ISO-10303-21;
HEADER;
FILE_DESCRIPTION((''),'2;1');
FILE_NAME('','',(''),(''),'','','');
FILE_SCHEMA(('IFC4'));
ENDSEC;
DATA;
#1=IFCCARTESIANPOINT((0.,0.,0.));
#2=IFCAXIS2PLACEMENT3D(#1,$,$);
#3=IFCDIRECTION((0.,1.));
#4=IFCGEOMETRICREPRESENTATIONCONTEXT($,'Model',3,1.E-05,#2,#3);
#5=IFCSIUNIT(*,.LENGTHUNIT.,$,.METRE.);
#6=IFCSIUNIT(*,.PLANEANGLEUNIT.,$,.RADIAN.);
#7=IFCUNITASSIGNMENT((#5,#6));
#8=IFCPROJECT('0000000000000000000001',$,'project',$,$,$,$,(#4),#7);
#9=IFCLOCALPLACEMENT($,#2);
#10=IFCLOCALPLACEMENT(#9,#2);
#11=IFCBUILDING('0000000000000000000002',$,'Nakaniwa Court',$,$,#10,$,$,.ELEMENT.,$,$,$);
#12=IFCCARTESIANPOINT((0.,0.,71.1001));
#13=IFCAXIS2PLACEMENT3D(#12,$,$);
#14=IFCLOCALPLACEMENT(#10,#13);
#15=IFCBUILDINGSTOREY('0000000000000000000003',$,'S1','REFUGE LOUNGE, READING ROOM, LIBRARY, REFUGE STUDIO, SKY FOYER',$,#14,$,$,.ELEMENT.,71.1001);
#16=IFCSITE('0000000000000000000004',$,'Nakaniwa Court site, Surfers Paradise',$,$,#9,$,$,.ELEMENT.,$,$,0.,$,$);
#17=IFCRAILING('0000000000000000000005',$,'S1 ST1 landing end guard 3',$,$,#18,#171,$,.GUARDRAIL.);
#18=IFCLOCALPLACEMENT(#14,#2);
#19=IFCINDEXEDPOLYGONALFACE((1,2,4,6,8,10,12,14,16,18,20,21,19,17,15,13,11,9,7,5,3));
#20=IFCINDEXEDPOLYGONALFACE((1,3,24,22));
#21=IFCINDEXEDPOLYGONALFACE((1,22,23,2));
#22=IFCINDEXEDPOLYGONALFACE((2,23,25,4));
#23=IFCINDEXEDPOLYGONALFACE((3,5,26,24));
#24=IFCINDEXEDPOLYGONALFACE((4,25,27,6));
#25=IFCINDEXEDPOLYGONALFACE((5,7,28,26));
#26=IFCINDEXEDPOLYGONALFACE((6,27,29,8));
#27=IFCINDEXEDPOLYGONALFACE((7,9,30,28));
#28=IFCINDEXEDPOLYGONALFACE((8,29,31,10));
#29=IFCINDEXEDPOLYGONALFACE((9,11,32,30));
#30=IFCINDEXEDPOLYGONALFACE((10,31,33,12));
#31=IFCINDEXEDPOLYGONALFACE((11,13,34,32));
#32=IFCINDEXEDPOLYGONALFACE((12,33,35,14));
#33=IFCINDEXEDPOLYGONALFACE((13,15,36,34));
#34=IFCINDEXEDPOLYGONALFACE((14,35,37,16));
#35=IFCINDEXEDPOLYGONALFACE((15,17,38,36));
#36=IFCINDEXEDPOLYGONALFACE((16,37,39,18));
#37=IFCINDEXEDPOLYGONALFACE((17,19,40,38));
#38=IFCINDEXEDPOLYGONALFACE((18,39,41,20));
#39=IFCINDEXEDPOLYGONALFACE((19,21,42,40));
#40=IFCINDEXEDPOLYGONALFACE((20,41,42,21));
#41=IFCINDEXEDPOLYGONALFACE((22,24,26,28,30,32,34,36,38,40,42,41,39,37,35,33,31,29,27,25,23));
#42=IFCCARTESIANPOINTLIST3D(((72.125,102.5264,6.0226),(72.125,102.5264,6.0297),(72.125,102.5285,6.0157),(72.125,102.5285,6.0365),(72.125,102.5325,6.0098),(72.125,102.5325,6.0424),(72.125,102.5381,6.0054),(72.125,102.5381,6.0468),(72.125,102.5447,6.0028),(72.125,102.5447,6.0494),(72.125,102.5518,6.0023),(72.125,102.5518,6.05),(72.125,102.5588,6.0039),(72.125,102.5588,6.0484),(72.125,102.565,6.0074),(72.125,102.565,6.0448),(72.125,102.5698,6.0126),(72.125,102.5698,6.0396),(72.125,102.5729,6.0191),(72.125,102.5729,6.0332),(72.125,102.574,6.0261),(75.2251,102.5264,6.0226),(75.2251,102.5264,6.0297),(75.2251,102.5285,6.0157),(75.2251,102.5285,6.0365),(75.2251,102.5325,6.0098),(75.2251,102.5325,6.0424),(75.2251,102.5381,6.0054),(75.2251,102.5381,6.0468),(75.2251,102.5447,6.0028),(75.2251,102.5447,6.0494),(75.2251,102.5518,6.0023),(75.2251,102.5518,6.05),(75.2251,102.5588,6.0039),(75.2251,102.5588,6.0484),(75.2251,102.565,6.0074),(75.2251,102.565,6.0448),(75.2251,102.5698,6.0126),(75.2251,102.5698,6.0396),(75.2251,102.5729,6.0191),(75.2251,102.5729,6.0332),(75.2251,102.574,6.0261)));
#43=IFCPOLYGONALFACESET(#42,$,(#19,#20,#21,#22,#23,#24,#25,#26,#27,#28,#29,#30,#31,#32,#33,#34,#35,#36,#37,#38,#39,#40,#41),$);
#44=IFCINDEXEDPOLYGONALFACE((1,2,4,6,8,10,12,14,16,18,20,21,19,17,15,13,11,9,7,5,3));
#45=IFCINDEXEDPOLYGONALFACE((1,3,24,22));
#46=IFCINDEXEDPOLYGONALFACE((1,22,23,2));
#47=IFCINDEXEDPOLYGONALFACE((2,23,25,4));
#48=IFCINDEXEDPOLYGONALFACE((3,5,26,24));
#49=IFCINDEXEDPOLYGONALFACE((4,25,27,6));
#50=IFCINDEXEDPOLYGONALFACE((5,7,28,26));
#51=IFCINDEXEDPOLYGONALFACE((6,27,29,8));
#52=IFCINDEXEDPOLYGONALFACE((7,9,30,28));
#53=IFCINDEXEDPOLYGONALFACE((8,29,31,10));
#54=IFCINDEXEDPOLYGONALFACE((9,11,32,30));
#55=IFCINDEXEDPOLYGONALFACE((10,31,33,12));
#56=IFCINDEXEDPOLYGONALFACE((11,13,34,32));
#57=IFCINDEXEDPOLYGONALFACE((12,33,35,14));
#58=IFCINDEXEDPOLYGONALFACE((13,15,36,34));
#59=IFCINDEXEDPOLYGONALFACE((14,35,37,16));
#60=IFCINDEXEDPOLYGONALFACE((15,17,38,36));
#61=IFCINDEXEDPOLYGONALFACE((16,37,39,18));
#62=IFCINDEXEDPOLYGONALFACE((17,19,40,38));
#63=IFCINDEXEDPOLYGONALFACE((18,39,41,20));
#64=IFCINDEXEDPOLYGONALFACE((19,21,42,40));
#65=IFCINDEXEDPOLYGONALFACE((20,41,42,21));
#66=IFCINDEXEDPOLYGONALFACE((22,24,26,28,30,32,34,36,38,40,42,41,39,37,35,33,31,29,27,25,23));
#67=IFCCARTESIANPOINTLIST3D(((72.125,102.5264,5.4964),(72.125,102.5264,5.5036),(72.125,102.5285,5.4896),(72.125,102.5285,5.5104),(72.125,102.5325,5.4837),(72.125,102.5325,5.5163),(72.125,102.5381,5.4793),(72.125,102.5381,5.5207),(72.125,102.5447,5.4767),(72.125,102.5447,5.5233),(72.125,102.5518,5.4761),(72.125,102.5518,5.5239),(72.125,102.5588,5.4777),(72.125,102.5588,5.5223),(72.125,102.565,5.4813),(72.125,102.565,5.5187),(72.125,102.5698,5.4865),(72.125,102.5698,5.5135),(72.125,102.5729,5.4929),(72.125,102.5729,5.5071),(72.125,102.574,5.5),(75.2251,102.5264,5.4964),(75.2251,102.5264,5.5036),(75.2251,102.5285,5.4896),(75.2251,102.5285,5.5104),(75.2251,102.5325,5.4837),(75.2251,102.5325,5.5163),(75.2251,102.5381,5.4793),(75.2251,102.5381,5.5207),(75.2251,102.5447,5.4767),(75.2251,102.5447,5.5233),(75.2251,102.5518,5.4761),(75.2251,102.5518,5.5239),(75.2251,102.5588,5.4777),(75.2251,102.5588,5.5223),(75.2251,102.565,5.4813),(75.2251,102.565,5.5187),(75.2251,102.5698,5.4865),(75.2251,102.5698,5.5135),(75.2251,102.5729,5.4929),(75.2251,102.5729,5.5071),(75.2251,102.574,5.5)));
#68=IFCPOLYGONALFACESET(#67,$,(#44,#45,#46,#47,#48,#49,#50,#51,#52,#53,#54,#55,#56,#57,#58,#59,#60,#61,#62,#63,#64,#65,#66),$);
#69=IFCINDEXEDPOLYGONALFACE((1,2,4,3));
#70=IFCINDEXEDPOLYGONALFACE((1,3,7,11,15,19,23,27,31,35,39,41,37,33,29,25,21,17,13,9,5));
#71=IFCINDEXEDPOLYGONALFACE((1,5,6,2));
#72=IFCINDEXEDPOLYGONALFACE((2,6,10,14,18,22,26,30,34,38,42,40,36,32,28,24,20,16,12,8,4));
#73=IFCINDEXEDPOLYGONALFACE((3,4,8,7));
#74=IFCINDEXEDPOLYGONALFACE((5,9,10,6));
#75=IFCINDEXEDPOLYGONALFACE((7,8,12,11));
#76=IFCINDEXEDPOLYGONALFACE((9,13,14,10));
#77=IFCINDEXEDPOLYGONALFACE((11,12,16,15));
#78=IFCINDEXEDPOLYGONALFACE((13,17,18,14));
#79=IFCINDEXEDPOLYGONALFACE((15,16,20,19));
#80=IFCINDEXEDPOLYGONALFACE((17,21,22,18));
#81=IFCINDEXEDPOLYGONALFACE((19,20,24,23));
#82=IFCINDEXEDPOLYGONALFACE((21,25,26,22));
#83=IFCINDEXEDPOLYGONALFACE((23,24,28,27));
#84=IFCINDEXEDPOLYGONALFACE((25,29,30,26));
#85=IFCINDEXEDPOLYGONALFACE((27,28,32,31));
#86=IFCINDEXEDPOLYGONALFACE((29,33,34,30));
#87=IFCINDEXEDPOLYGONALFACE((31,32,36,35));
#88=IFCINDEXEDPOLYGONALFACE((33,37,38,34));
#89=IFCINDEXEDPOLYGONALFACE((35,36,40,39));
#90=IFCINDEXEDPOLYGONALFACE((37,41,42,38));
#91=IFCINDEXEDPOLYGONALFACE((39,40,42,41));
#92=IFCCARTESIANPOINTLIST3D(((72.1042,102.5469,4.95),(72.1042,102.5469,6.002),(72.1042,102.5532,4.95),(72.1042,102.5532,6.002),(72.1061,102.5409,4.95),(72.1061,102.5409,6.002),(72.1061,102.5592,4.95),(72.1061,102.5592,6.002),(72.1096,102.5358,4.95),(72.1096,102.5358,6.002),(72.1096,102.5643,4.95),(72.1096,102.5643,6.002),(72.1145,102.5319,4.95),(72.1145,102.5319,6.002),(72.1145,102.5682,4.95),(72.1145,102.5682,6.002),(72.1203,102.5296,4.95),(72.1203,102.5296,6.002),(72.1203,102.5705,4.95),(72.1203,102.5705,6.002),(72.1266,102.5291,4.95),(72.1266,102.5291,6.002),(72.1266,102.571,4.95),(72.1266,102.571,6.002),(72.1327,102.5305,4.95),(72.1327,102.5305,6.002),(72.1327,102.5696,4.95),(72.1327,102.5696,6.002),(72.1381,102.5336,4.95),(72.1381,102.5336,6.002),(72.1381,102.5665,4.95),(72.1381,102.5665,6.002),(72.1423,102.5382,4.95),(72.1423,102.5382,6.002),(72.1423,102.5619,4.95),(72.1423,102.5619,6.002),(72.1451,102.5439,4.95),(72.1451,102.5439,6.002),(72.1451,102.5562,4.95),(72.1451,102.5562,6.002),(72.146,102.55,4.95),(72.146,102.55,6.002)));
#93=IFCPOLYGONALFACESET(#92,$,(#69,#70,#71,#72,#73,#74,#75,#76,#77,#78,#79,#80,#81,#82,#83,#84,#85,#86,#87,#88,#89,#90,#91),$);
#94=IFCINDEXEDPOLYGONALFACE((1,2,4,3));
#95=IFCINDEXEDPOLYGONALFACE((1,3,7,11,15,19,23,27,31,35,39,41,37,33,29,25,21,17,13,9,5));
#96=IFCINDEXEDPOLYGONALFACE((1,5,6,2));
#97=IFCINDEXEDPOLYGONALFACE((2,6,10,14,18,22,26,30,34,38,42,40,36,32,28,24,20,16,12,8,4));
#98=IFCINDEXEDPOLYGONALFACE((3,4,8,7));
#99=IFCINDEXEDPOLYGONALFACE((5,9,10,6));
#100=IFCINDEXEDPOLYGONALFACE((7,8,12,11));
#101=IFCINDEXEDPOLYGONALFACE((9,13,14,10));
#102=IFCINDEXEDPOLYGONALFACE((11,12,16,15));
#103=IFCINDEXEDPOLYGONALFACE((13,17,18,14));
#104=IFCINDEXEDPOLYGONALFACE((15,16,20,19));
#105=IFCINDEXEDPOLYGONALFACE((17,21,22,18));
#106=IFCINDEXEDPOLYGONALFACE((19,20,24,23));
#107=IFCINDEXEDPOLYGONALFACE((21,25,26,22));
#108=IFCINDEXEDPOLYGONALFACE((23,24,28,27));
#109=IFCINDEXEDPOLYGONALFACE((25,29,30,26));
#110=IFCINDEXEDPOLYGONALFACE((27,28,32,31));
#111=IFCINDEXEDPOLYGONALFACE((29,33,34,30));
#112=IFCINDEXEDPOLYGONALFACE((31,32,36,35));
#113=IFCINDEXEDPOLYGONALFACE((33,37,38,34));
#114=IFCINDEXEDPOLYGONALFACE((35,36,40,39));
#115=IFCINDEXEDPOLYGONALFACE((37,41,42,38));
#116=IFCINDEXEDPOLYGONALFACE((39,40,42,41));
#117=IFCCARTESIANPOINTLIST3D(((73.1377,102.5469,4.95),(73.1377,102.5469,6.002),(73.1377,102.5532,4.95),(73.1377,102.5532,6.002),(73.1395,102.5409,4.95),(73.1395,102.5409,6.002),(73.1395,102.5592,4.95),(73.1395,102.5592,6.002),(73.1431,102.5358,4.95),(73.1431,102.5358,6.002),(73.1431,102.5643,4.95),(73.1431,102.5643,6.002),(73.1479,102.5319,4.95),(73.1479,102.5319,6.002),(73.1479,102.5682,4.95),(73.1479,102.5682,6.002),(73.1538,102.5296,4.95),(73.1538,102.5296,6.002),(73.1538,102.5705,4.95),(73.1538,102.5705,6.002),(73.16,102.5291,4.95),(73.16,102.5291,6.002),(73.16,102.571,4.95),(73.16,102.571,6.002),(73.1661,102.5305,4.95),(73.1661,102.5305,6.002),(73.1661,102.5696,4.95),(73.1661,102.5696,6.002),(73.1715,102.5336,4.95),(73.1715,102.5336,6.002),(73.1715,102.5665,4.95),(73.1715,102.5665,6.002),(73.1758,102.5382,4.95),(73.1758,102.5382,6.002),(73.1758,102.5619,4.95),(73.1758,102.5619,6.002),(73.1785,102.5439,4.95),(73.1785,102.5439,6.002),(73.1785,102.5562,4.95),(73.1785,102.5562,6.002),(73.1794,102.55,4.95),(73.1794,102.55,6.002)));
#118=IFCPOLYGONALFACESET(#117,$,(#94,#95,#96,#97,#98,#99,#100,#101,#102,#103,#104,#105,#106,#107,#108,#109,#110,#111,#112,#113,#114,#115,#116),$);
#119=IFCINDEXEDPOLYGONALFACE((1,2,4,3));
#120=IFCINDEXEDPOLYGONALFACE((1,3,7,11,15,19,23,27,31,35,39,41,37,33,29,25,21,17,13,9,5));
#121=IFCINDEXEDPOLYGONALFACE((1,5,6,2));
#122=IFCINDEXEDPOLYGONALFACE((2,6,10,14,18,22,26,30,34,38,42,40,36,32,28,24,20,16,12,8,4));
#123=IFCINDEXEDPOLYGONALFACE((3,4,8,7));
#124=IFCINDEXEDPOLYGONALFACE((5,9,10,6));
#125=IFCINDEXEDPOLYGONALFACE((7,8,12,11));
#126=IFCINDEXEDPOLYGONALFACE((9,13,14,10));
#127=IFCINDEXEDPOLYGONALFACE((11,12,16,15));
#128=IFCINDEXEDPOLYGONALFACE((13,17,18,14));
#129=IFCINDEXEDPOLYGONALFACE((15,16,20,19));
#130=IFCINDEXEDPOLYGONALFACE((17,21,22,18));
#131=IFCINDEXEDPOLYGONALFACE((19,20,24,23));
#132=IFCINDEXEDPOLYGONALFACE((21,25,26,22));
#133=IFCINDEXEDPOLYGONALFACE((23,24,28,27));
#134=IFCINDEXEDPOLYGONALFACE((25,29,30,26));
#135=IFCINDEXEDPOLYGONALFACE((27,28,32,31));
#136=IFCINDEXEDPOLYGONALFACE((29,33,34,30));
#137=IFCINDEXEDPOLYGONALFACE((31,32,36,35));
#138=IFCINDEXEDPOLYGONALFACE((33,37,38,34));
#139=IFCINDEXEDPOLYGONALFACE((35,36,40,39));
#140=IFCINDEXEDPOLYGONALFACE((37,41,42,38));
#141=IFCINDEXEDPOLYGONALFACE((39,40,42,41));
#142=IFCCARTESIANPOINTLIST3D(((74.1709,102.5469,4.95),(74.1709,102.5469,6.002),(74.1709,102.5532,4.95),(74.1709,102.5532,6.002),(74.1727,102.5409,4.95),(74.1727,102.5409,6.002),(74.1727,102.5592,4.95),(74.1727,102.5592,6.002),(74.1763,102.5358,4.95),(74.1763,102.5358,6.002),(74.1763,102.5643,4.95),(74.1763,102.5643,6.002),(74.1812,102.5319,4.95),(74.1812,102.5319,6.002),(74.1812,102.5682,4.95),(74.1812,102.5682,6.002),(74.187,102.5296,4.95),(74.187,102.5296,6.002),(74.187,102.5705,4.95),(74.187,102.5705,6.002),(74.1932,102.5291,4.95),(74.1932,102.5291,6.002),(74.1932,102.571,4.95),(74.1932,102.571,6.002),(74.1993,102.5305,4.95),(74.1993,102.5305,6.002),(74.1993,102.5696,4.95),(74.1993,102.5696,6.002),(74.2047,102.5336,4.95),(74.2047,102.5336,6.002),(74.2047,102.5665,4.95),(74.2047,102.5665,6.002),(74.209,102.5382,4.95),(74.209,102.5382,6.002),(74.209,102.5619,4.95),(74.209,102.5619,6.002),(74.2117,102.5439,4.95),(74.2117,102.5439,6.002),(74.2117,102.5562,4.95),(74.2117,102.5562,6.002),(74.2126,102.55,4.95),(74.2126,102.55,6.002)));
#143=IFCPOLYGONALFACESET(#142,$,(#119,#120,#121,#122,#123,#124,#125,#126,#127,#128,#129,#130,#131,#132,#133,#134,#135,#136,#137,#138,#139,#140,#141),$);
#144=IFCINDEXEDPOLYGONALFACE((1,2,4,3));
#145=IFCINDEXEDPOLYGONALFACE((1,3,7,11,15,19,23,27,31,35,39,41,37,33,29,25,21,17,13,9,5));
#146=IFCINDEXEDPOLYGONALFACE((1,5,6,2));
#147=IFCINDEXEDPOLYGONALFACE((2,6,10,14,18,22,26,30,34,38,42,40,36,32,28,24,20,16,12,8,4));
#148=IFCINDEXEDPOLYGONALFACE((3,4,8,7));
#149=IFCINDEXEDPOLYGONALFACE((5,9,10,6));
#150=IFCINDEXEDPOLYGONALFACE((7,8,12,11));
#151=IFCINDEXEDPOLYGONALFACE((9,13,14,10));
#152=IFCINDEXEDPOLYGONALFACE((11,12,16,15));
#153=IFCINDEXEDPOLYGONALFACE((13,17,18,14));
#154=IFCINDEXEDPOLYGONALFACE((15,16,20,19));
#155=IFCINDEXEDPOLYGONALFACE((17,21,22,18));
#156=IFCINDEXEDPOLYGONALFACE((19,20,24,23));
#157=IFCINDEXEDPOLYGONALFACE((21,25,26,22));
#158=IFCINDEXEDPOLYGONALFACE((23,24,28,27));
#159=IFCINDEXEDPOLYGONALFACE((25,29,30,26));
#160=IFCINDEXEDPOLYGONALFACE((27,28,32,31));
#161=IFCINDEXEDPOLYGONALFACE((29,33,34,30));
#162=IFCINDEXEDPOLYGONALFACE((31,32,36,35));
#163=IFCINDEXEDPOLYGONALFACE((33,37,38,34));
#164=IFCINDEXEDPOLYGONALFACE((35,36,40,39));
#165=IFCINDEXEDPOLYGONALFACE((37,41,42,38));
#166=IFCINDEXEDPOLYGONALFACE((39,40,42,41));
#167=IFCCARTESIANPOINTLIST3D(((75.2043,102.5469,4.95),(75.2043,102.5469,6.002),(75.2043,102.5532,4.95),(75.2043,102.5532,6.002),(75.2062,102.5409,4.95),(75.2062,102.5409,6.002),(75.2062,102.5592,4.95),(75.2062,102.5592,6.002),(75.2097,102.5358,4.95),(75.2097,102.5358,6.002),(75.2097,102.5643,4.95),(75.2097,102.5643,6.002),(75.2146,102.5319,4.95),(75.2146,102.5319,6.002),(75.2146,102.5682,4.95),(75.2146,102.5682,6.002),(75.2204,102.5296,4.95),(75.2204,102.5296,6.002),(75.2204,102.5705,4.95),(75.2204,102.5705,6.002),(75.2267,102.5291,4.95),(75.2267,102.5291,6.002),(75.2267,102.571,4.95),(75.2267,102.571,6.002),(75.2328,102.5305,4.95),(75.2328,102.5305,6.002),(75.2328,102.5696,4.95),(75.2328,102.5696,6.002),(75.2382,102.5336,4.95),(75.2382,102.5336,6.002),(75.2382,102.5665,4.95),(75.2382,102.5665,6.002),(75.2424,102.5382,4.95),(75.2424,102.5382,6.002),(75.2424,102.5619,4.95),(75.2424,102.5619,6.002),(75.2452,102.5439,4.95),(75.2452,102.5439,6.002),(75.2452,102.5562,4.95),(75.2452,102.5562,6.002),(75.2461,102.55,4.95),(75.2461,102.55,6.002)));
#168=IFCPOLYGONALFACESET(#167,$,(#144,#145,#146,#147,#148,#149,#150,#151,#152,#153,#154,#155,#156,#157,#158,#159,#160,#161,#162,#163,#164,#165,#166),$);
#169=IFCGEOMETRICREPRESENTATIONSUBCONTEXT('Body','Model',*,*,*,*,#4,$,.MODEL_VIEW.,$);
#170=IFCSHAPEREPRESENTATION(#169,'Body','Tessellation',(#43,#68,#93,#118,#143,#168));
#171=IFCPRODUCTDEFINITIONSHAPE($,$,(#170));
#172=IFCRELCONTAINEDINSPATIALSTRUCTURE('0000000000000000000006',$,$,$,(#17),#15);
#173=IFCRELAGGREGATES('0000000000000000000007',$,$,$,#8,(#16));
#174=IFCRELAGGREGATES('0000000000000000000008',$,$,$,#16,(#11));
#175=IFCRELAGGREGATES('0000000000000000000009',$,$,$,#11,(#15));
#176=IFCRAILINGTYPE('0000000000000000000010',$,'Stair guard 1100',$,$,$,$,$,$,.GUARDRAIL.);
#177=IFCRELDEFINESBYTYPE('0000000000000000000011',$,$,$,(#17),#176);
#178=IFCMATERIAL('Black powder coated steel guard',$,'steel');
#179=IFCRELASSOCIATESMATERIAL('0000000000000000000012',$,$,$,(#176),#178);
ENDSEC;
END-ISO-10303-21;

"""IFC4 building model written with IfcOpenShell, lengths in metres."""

from ifc_helpers import new_model, si_unit, direction, frame, origin, origin_2d, place, context, subcontext, project, spatial, circle, extrude, material, type_object, element, save


model = new_model("IFC4")

# Units and contexts
model_context = context("Model", 3, precision=1e-05, world=origin(), true_north=direction((0.0, 1.0)))
body_context = subcontext(model_context, "Body", "Model", "MODEL_VIEW")
ifc_project = project(units=[si_unit("LENGTHUNIT", "METRE"), si_unit("PLANEANGLEUNIT", "RADIAN")], contexts=[model_context])

# Site, building, storey
site_placement = place(None, origin())
site = spatial("IfcSite", under=ifc_project, at=site_placement, Name="Nakaniwa Court site, Surfers Paradise", CompositionType="ELEMENT", RefElevation=0.0)
building_placement = place(site_placement, origin())
building = spatial("IfcBuilding", under=site, at=building_placement, Name="Nakaniwa Court", CompositionType="ELEMENT")
storey_placement = place(building_placement, frame((0.0, 0.0, 71.1001)))
storey = spatial("IfcBuildingStorey", under=building, at=storey_placement, Name="S1", Description="REFUGE LOUNGE, READING ROOM, LIBRARY, REFUGE STUDIO, SKY FOYER", CompositionType="ELEMENT", Elevation=71.1001)

# Railing
ifc_material_1 = material(Name="Black powder coated steel guard", Category="steel")
railing_type_1 = type_object("IfcRailingType", Name="Stair guard 1100", PredefinedType="GUARDRAIL", material=ifc_material_1)
railing_1_placement = place(storey_placement, frame((72.125, 102.55, 4.95)))
element("IfcRailing", 1, at=railing_1_placement, inside=storey, type_object=railing_type_1, Name="S1 ST1 landing end guard 3", PredefinedType="GUARDRAIL", context=body_context, shape_type="SweptSolid", body=[
    extrude(circle(Radius=0.0239, at=origin_2d()), frame((0.0, 0.0, 1.0762), z_axis=(1.0, 0.0, 0.0), x_axis=(0.0, 1.0, 0.0)), (0.0, 0.0, 1.0), 3.1001),
    extrude(circle(Radius=0.0239, at=origin_2d()), frame((0.0, 0.0, 0.55), z_axis=(1.0, 0.0, 0.0), x_axis=(0.0, 1.0, 0.0)), (0.0, 0.0, 1.0), 3.1001),
    extrude(circle(Radius=0.021, at=origin_2d()), origin(), (0.0, 0.0, 1.0), 1.052),
    extrude(circle(Radius=0.021, at=origin_2d()), frame((1.0334, 0.0, 0.0)), (0.0, 0.0, 1.0), 1.052),
    extrude(circle(Radius=0.021, at=origin_2d()), frame((2.0667, 0.0, 0.0)), (0.0, 0.0, 1.0), 1.052),
    extrude(circle(Radius=0.021, at=origin_2d()), frame((3.1001, 0.0, 0.0)), (0.0, 0.0, 1.0), 1.052),
])

save(model, "model.ifc")
